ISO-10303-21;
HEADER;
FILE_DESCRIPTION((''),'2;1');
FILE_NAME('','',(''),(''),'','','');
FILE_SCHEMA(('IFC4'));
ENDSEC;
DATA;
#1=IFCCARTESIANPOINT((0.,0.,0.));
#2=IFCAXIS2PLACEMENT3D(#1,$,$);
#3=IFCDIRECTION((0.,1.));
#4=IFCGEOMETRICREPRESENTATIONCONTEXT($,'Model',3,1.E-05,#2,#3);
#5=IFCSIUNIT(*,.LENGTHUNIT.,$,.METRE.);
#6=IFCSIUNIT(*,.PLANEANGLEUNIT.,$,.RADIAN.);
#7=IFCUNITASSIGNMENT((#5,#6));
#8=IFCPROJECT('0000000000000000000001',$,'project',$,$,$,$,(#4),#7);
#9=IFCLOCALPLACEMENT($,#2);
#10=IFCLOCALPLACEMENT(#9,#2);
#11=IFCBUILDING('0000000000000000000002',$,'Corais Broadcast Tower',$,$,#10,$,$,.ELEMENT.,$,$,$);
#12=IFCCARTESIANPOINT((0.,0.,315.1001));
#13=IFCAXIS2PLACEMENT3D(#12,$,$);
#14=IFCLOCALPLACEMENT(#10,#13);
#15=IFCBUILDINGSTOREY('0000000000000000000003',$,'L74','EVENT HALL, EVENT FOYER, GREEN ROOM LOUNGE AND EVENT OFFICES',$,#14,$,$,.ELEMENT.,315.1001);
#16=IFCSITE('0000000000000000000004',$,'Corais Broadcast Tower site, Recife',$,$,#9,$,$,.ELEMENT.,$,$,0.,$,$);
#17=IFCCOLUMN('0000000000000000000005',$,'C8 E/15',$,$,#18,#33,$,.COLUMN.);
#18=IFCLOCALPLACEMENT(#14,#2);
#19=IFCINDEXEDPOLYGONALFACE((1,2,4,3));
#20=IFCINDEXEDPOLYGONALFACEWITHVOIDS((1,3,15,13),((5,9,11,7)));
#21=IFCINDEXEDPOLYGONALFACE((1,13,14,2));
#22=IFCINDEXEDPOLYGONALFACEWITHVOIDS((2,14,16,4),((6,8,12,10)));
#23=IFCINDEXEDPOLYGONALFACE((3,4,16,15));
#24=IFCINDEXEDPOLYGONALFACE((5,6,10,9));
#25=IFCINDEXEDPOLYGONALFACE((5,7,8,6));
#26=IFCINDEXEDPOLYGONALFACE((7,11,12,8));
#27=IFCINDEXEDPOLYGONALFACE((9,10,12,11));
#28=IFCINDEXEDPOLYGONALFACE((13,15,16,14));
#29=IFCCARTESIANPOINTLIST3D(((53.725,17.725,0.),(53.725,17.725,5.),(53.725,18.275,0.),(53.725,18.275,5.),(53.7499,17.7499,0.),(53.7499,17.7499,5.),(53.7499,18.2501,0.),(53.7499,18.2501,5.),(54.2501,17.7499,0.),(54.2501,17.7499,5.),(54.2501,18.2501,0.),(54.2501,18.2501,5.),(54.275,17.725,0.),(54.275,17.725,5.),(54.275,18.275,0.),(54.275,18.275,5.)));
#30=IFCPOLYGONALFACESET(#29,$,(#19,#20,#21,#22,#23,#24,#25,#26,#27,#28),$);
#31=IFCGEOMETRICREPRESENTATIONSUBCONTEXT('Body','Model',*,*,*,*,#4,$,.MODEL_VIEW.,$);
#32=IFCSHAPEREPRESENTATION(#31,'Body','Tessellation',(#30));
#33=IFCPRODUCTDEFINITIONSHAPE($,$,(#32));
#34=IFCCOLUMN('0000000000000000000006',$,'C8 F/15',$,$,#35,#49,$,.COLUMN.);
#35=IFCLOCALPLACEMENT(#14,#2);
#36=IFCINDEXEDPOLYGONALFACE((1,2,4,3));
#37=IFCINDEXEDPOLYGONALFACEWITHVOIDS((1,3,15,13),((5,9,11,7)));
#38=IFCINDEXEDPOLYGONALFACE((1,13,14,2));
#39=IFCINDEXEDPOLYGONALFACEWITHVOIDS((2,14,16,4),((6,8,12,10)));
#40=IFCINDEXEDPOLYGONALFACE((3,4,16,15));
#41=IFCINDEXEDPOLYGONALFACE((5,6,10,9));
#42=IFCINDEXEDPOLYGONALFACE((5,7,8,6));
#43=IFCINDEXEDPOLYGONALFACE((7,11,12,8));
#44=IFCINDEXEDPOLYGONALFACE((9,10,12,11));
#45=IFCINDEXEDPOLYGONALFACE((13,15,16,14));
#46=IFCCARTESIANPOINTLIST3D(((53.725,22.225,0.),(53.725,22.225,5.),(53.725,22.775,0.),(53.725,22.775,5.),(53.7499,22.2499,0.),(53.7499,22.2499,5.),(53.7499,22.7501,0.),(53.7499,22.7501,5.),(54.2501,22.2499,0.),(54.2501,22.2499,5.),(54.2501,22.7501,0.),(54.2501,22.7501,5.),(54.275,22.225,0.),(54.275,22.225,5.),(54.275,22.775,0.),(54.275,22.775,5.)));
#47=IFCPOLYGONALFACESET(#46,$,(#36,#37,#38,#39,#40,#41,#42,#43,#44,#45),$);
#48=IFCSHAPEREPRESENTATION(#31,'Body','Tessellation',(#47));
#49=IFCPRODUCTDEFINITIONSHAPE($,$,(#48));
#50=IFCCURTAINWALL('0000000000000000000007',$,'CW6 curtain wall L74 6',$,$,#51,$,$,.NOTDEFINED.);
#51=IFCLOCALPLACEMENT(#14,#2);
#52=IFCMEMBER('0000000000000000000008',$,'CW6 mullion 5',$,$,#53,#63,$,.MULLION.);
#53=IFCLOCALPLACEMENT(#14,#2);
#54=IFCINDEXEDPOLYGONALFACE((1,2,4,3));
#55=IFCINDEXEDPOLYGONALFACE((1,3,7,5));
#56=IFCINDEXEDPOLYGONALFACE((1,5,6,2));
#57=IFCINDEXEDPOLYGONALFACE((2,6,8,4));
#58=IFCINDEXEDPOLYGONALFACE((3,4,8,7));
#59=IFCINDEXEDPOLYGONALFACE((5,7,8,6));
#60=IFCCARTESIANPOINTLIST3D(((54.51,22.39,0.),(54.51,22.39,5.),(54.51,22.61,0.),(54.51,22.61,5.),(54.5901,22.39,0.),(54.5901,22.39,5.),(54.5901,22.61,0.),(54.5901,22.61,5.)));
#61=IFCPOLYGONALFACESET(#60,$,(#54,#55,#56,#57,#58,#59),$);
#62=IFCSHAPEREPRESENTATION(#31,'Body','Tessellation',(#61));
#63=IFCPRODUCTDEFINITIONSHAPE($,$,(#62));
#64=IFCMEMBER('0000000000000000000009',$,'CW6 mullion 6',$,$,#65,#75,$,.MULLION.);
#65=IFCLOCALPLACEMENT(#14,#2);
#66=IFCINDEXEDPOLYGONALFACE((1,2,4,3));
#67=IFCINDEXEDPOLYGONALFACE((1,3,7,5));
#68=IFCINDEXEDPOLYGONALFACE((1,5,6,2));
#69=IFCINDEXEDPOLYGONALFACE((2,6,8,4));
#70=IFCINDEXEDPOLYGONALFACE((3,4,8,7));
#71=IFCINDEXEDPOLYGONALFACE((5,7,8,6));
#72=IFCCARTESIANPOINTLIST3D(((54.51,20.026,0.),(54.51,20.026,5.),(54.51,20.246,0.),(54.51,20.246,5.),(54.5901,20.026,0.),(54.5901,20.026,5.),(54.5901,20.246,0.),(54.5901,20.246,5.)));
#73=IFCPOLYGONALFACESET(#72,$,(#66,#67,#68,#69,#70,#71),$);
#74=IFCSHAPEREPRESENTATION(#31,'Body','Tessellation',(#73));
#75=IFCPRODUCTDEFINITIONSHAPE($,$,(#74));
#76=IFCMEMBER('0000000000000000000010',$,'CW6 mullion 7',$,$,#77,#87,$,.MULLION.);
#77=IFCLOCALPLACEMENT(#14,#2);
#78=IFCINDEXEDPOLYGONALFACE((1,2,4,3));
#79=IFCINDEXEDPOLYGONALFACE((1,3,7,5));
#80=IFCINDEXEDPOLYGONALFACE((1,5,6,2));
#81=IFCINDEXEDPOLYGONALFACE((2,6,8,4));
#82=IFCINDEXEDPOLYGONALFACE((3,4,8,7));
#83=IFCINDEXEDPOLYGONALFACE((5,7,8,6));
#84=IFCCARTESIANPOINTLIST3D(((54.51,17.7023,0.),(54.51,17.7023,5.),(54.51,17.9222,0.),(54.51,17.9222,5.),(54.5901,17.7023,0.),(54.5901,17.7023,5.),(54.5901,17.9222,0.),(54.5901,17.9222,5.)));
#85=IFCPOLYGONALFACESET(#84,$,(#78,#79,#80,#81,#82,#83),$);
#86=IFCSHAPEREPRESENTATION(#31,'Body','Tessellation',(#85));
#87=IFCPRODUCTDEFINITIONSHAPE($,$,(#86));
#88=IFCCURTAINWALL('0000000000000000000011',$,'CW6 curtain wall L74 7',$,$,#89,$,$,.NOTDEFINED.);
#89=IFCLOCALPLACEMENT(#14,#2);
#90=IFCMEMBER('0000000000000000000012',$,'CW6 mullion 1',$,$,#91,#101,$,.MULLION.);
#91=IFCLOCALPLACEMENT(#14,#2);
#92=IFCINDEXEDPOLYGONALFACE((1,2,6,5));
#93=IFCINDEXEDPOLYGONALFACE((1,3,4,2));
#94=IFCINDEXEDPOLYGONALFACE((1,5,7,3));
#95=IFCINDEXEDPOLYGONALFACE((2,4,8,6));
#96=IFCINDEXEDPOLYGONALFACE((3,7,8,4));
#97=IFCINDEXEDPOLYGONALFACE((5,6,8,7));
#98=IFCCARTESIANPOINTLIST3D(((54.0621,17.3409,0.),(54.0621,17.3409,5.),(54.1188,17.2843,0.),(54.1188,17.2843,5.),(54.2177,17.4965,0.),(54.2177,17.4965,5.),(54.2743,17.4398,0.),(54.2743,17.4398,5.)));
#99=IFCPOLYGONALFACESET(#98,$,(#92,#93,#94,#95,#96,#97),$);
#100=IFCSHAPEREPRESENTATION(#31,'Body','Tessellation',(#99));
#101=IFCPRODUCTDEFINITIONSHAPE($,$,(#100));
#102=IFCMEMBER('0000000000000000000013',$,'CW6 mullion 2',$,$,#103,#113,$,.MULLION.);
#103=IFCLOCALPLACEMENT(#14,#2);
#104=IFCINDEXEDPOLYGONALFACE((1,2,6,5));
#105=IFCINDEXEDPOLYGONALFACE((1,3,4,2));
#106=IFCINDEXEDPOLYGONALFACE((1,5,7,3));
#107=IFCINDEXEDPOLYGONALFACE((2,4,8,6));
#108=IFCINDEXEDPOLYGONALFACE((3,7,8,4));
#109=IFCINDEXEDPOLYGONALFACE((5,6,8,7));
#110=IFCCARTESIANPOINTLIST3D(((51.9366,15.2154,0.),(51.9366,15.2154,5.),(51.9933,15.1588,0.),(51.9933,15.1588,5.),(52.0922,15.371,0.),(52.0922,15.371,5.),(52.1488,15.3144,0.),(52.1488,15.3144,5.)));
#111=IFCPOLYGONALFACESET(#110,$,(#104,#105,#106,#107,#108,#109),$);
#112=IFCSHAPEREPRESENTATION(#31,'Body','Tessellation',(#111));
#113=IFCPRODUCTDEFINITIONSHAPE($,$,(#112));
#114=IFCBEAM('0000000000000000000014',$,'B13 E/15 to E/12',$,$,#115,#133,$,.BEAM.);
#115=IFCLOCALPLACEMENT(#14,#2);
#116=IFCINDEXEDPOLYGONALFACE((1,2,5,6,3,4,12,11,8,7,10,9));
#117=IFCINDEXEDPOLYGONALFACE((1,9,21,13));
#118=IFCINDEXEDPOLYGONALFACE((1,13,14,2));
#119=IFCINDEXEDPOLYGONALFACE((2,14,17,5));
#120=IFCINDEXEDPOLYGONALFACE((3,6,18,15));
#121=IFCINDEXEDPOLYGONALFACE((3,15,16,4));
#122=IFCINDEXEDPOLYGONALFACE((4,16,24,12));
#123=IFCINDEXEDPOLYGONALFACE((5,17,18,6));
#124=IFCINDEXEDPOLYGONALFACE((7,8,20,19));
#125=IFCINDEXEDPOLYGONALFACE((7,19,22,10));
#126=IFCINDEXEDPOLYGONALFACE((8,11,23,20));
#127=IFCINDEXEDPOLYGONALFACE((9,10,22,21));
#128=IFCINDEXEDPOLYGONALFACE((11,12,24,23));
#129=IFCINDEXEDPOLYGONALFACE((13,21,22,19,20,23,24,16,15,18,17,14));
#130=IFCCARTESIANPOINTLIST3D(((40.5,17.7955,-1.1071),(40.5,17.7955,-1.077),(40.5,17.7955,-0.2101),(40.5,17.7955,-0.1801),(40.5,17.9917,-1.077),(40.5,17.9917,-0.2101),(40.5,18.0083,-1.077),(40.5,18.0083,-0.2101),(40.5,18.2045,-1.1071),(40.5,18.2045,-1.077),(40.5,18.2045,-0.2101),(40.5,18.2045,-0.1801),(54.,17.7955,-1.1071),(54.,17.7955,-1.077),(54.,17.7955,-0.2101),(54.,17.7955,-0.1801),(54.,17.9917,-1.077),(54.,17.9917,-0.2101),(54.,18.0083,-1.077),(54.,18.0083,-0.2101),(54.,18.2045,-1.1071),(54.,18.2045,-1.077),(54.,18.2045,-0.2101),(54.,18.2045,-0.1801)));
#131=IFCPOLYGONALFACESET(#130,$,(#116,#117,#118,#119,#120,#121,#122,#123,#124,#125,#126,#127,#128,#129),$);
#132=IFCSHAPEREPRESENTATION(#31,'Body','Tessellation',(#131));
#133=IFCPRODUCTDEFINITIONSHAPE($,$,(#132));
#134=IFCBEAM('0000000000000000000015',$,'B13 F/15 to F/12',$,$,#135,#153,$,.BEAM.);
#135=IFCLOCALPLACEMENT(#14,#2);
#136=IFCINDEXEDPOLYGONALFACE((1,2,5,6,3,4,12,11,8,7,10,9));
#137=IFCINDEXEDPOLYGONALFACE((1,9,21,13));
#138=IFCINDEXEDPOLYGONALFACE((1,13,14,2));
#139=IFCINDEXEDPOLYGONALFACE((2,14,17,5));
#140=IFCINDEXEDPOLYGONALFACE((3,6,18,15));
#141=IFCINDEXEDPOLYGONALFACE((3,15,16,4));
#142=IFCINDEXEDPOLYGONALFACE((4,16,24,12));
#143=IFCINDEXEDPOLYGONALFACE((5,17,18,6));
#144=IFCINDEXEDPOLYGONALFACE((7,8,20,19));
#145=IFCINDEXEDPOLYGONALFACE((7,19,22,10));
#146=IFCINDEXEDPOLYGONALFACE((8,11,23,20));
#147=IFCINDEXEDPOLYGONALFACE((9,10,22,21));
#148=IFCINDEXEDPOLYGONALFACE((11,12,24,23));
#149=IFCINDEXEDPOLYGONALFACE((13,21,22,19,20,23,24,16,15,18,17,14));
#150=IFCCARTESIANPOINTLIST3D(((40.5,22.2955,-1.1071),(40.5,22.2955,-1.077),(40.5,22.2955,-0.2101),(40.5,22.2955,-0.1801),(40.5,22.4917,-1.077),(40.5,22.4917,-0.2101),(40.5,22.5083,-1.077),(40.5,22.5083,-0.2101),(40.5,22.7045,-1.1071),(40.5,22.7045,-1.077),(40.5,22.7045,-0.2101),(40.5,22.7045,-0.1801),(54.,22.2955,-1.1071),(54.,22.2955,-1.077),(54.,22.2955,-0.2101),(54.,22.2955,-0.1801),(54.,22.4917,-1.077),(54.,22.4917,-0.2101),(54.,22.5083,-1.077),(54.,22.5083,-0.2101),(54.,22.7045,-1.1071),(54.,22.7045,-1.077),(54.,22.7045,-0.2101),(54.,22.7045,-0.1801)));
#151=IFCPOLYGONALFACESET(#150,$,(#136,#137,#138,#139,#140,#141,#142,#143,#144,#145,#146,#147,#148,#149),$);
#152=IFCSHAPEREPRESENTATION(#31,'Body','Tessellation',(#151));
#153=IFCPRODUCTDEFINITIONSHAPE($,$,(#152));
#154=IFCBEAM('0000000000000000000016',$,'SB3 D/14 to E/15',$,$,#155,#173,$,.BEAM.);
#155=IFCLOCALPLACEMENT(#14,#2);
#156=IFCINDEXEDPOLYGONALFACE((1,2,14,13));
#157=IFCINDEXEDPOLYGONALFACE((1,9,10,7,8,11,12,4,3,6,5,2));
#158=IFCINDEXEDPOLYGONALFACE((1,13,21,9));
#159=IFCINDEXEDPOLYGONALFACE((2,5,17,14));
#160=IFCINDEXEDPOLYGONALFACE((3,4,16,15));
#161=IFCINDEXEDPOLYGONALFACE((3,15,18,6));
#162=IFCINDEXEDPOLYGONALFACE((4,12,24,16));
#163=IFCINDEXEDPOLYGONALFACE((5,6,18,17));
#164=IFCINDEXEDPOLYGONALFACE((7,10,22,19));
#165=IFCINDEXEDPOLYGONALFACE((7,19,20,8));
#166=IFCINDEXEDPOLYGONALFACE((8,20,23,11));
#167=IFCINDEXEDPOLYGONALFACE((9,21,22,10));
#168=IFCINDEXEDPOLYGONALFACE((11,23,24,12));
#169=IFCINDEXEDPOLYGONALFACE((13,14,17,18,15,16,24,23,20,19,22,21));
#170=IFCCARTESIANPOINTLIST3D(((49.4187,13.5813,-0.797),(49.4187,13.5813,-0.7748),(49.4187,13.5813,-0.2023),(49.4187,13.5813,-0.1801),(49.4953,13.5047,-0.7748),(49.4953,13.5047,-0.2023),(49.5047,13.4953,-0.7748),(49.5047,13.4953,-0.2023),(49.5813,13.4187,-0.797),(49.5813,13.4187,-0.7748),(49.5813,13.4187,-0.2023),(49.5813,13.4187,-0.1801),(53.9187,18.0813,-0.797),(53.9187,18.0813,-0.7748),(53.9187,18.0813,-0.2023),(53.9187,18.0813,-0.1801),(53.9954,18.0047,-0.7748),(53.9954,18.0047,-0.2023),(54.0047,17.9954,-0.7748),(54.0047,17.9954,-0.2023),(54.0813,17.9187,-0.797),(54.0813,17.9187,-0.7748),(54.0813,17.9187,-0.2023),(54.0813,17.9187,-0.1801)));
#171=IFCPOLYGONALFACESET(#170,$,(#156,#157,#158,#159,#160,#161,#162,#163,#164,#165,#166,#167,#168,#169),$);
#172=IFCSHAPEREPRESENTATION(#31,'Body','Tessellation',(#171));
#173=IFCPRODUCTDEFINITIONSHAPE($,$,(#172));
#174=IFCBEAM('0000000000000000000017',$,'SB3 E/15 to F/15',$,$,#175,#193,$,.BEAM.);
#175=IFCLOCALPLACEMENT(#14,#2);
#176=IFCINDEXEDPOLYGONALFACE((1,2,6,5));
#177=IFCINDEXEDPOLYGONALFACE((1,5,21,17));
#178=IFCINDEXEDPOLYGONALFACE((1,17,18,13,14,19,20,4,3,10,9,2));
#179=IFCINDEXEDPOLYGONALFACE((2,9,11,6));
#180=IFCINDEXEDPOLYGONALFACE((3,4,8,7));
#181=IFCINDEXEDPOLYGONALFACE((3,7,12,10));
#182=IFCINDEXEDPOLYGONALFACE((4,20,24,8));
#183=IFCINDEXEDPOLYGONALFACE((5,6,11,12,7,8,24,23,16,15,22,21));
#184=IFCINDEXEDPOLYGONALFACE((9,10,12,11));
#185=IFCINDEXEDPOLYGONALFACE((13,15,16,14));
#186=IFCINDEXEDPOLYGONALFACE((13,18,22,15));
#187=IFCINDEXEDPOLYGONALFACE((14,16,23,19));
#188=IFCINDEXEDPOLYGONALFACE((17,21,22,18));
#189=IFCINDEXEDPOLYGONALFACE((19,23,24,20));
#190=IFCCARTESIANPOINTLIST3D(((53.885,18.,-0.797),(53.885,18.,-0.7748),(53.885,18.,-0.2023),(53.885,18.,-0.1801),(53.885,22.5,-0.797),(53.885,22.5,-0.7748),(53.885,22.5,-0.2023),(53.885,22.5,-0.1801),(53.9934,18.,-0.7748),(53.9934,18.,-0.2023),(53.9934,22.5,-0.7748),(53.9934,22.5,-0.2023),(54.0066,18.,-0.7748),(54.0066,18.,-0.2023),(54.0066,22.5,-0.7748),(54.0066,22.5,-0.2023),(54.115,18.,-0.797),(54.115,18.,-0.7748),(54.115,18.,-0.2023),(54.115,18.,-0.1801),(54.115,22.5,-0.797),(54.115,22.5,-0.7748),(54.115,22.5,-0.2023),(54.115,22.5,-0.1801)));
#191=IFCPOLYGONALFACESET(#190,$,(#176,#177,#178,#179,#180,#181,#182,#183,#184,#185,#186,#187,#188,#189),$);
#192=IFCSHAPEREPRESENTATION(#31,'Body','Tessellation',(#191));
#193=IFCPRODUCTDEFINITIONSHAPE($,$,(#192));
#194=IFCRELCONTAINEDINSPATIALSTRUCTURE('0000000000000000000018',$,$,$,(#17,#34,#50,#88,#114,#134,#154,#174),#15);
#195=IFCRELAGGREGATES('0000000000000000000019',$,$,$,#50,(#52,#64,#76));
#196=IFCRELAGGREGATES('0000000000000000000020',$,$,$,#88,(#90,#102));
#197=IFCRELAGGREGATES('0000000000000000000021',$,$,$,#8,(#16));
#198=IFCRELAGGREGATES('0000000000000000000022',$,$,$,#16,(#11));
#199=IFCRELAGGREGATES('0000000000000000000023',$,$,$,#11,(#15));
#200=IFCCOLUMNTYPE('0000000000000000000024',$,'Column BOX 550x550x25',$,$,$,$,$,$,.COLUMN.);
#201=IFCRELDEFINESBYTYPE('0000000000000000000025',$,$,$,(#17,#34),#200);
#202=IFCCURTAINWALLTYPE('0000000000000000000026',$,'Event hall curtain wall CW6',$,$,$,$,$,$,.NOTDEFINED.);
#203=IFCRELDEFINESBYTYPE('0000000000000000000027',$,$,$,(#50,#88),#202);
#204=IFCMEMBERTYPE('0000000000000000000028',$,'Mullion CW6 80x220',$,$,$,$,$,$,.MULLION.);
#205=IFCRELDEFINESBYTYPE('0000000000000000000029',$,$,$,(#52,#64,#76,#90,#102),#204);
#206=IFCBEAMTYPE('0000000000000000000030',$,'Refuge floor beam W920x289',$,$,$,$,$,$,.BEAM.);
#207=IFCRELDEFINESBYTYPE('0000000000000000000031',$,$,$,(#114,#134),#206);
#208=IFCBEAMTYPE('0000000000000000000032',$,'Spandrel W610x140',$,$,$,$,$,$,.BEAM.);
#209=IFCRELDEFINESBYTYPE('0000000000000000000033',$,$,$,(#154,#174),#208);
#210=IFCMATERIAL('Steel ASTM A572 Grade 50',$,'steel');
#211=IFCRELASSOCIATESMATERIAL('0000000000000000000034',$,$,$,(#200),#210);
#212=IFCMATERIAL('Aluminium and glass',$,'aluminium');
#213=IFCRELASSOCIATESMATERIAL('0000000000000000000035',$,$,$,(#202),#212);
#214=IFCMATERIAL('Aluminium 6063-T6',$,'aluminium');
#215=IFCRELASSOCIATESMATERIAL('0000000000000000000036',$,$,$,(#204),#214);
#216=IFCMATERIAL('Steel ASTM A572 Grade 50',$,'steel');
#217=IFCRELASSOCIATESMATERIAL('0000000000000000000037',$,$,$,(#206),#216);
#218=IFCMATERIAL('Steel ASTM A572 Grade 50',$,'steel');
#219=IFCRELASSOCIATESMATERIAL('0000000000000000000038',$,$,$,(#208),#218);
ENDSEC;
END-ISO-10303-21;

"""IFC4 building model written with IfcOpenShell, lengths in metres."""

from ifc_helpers import new_model, si_unit, direction, frame, origin, origin_2d, place, context, subcontext, project, spatial, rectangle, hollow_rectangle, i_section, extrude, material, material_profile, profile_set, type_object, element, aggregate, save


model = new_model("IFC4")

# Units and contexts
model_context = context("Model", 3, precision=1e-05, world=origin(), true_north=direction((0.0, 1.0)))
body_context = subcontext(model_context, "Body", "Model", "MODEL_VIEW")
ifc_project = project(units=[si_unit("LENGTHUNIT", "METRE"), si_unit("PLANEANGLEUNIT", "RADIAN")], contexts=[model_context])

# Site, building, storey
site_placement = place(None, origin())
site = spatial("IfcSite", under=ifc_project, at=site_placement, Name="Corais Broadcast Tower site, Recife", CompositionType="ELEMENT", RefElevation=0.0)
building_placement = place(site_placement, origin())
building = spatial("IfcBuilding", under=site, at=building_placement, Name="Corais Broadcast Tower", CompositionType="ELEMENT")
storey_placement = place(building_placement, frame((0.0, 0.0, 315.1001)))
storey = spatial("IfcBuildingStorey", under=building, at=storey_placement, Name="L74", Description="EVENT HALL, EVENT FOYER, GREEN ROOM LOUNGE AND EVENT OFFICES", CompositionType="ELEMENT", Elevation=315.1001)

# Columns
ifc_material_1 = material(Name="Steel ASTM A572 Grade 50", Category="steel")
ifc_material_profile_1 = material_profile(ifc_material_1, hollow_rectangle(XDim=0.55, YDim=0.55, WallThickness=0.0249, at=origin_2d()), Name="BOX 550x550x25")
ifc_profile_set_1 = profile_set([ifc_material_profile_1], Name="Steel ASTM A572 Grade 50")
column_type = type_object("IfcColumnType", Name="Column BOX 550x550x25", PredefinedType="COLUMN", material=ifc_profile_set_1)
for number, where, z_axis, x_axis, name in (
    (1, (54.0, 18.0, 0.0), (0.0, 0.0, 1.0), (1.0, 0.0, 0.0), "C8 E/15"),
    (2, (54.0, 22.5, 0.0), (0.0, 0.0, 1.0), (1.0, 0.0, 0.0), "C8 F/15"),
):
    element("IfcColumn", number, at=place(storey_placement, frame(where, z_axis=z_axis, x_axis=x_axis)), inside=storey, type_object=column_type, Name=name, PredefinedType="COLUMN", context=body_context, shape_type="SweptSolid", body=[
        extrude(hollow_rectangle(XDim=0.55, YDim=0.55, WallThickness=0.0249, at=origin_2d()), origin(), (0.0, 0.0, 1.0), 5.0),
    ])

# Curtain walls, members
ifc_material_2 = material(Name="Aluminium and glass", Category="aluminium")
curtain_wall_type = type_object("IfcCurtainWallType", Name="Event hall curtain wall CW6", PredefinedType="NOTDEFINED", material=ifc_material_2)
curtain_wall_1_placement = place(storey_placement, origin())
curtain_wall_1 = element("IfcCurtainWall", 3, at=curtain_wall_1_placement, inside=storey, type_object=curtain_wall_type, Name="CW6 curtain wall L74 6", PredefinedType="NOTDEFINED")
ifc_material_3 = material(Name="Aluminium 6063-T6", Category="aluminium")
ifc_material_profile_2 = material_profile(ifc_material_3, rectangle(XDim=0.0801, YDim=0.22, at=origin_2d()), Name="Mullion CW6 80x220")
ifc_profile_set_2 = profile_set([ifc_material_profile_2], Name="Aluminium 6063-T6")
member_type_1 = type_object("IfcMemberType", Name="Mullion CW6 80x220", PredefinedType="MULLION", material=ifc_profile_set_2)
member_1_placement = place(storey_placement, frame((54.55, 22.5, 0.0), z_axis=(0.0, 0.0, 1.0), x_axis=(1.0, 0.0, 0.0)))
member_1 = element("IfcMember", 4, at=member_1_placement, type_object=member_type_1, Name="CW6 mullion 5", PredefinedType="MULLION", context=body_context, shape_type="SweptSolid", body=[
    extrude(rectangle(XDim=0.0801, YDim=0.22, at=origin_2d()), origin(), (0.0, 0.0, 1.0), 5.0),
])
member_2_placement = place(storey_placement, frame((54.55, 20.136, 0.0), z_axis=(0.0, 0.0, 1.0), x_axis=(1.0, 0.0, 0.0)))
member_2 = element("IfcMember", 5, at=member_2_placement, type_object=member_type_1, Name="CW6 mullion 6", PredefinedType="MULLION", context=body_context, shape_type="SweptSolid", body=[
    extrude(rectangle(XDim=0.0801, YDim=0.22, at=origin_2d()), origin(), (0.0, 0.0, 1.0), 5.0),
])
member_3_placement = place(storey_placement, frame((54.55, 17.8123, 0.0), z_axis=(0.0, 0.0, 1.0), x_axis=(1.0, 0.0, 0.0)))
member_3 = element("IfcMember", 6, at=member_3_placement, type_object=member_type_1, Name="CW6 mullion 7", PredefinedType="MULLION", context=body_context, shape_type="SweptSolid", body=[
    extrude(rectangle(XDim=0.0801, YDim=0.22, at=origin_2d()), origin(), (0.0, 0.0, 1.0), 5.0),
])
curtain_wall_2_placement = place(storey_placement, origin())
curtain_wall_2 = element("IfcCurtainWall", 7, at=curtain_wall_2_placement, inside=storey, type_object=curtain_wall_type, Name="CW6 curtain wall L74 7", PredefinedType="NOTDEFINED")
member_4_placement = place(storey_placement, frame((54.1682, 17.3904, 0.0), z_axis=(0.0, 0.0, 1.0), x_axis=(0.707107, -0.707107, 0.0)))
member_4 = element("IfcMember", 8, at=member_4_placement, type_object=member_type_1, Name="CW6 mullion 1", PredefinedType="MULLION", context=body_context, shape_type="SweptSolid", body=[
    extrude(rectangle(XDim=0.0801, YDim=0.22, at=origin_2d()), origin(), (0.0, 0.0, 1.0), 5.0),
])
member_5_placement = place(storey_placement, frame((52.0427, 15.2649, 0.0), z_axis=(0.0, 0.0, 1.0), x_axis=(0.707107, -0.707107, 0.0)))
member_5 = element("IfcMember", 9, at=member_5_placement, type_object=member_type_1, Name="CW6 mullion 2", PredefinedType="MULLION", context=body_context, shape_type="SweptSolid", body=[
    extrude(rectangle(XDim=0.0801, YDim=0.22, at=origin_2d()), origin(), (0.0, 0.0, 1.0), 5.0),
])

# Beams
ifc_material_4 = material(Name="Steel ASTM A572 Grade 50", Category="steel")
ifc_material_profile_3 = material_profile(ifc_material_4, i_section(OverallWidth=0.4089, OverallDepth=0.927, WebThickness=0.0166, FlangeThickness=0.03, at=origin_2d()), Name="W920x289")
ifc_profile_set_3 = profile_set([ifc_material_profile_3], Name="Steel ASTM A572 Grade 50")
beam_type_1 = type_object("IfcBeamType", Name="Refuge floor beam W920x289", PredefinedType="BEAM", material=ifc_profile_set_3)
for number, where, z_axis, x_axis, name in (
    (10, (54.0, 18.0, -0.6436), (-1.0, 0.0, 0.0), (0.0, -1.0, 0.0), "B13 E/15 to E/12"),
    (11, (54.0, 22.5, -0.6436), (-1.0, 0.0, 0.0), (0.0, -1.0, 0.0), "B13 F/15 to F/12"),
):
    element("IfcBeam", number, at=place(storey_placement, frame(where, z_axis=z_axis, x_axis=x_axis)), inside=storey, type_object=beam_type_1, Name=name, PredefinedType="BEAM", context=body_context, shape_type="SweptSolid", body=[
        extrude(i_section(OverallWidth=0.4089, OverallDepth=0.927, WebThickness=0.0166, FlangeThickness=0.03, at=origin_2d()), origin(), (0.0, 0.0, 1.0), 13.5),
    ])
ifc_material_5 = material(Name="Steel ASTM A572 Grade 50", Category="steel")
ifc_material_profile_4 = material_profile(ifc_material_5, i_section(OverallWidth=0.23, OverallDepth=0.6169, WebThickness=0.0132, FlangeThickness=0.0222, at=origin_2d()), Name="W610x140")
ifc_profile_set_4 = profile_set([ifc_material_profile_4], Name="Steel ASTM A572 Grade 50")
beam_type_2 = type_object("IfcBeamType", Name="Spandrel W610x140", PredefinedType="BEAM", material=ifc_profile_set_4)
beam_placement = place(storey_placement, frame((49.5, 13.5, -0.4885), z_axis=(0.707107, 0.707107, 0.0), x_axis=(-0.707107, 0.707107, 0.0)))
element("IfcBeam", 12, at=beam_placement, inside=storey, type_object=beam_type_2, Name="SB3 D/14 to E/15", PredefinedType="BEAM", context=body_context, shape_type="SweptSolid", body=[
    extrude(i_section(OverallWidth=0.23, OverallDepth=0.6169, WebThickness=0.0132, FlangeThickness=0.0222, at=origin_2d()), origin(), (0.0, 0.0, 1.0), 6.364),
])
for number, where, z_axis, x_axis, name in (
    (13, (54.0, 18.0, -0.4885), (0.0, 1.0, 0.0), (-1.0, 0.0, 0.0), "SB3 E/15 to F/15"),
):
    element("IfcBeam", number, at=place(storey_placement, frame(where, z_axis=z_axis, x_axis=x_axis)), inside=storey, type_object=beam_type_2, Name=name, PredefinedType="BEAM", context=body_context, shape_type="SweptSolid", body=[
        extrude(i_section(OverallWidth=0.23, OverallDepth=0.6169, WebThickness=0.0132, FlangeThickness=0.0222, at=origin_2d()), origin(), (0.0, 0.0, 1.0), 4.5),
    ])

aggregate(curtain_wall_1, [member_1, member_2, member_3])
aggregate(curtain_wall_2, [member_4, member_5])

save(model, "model.ifc")
